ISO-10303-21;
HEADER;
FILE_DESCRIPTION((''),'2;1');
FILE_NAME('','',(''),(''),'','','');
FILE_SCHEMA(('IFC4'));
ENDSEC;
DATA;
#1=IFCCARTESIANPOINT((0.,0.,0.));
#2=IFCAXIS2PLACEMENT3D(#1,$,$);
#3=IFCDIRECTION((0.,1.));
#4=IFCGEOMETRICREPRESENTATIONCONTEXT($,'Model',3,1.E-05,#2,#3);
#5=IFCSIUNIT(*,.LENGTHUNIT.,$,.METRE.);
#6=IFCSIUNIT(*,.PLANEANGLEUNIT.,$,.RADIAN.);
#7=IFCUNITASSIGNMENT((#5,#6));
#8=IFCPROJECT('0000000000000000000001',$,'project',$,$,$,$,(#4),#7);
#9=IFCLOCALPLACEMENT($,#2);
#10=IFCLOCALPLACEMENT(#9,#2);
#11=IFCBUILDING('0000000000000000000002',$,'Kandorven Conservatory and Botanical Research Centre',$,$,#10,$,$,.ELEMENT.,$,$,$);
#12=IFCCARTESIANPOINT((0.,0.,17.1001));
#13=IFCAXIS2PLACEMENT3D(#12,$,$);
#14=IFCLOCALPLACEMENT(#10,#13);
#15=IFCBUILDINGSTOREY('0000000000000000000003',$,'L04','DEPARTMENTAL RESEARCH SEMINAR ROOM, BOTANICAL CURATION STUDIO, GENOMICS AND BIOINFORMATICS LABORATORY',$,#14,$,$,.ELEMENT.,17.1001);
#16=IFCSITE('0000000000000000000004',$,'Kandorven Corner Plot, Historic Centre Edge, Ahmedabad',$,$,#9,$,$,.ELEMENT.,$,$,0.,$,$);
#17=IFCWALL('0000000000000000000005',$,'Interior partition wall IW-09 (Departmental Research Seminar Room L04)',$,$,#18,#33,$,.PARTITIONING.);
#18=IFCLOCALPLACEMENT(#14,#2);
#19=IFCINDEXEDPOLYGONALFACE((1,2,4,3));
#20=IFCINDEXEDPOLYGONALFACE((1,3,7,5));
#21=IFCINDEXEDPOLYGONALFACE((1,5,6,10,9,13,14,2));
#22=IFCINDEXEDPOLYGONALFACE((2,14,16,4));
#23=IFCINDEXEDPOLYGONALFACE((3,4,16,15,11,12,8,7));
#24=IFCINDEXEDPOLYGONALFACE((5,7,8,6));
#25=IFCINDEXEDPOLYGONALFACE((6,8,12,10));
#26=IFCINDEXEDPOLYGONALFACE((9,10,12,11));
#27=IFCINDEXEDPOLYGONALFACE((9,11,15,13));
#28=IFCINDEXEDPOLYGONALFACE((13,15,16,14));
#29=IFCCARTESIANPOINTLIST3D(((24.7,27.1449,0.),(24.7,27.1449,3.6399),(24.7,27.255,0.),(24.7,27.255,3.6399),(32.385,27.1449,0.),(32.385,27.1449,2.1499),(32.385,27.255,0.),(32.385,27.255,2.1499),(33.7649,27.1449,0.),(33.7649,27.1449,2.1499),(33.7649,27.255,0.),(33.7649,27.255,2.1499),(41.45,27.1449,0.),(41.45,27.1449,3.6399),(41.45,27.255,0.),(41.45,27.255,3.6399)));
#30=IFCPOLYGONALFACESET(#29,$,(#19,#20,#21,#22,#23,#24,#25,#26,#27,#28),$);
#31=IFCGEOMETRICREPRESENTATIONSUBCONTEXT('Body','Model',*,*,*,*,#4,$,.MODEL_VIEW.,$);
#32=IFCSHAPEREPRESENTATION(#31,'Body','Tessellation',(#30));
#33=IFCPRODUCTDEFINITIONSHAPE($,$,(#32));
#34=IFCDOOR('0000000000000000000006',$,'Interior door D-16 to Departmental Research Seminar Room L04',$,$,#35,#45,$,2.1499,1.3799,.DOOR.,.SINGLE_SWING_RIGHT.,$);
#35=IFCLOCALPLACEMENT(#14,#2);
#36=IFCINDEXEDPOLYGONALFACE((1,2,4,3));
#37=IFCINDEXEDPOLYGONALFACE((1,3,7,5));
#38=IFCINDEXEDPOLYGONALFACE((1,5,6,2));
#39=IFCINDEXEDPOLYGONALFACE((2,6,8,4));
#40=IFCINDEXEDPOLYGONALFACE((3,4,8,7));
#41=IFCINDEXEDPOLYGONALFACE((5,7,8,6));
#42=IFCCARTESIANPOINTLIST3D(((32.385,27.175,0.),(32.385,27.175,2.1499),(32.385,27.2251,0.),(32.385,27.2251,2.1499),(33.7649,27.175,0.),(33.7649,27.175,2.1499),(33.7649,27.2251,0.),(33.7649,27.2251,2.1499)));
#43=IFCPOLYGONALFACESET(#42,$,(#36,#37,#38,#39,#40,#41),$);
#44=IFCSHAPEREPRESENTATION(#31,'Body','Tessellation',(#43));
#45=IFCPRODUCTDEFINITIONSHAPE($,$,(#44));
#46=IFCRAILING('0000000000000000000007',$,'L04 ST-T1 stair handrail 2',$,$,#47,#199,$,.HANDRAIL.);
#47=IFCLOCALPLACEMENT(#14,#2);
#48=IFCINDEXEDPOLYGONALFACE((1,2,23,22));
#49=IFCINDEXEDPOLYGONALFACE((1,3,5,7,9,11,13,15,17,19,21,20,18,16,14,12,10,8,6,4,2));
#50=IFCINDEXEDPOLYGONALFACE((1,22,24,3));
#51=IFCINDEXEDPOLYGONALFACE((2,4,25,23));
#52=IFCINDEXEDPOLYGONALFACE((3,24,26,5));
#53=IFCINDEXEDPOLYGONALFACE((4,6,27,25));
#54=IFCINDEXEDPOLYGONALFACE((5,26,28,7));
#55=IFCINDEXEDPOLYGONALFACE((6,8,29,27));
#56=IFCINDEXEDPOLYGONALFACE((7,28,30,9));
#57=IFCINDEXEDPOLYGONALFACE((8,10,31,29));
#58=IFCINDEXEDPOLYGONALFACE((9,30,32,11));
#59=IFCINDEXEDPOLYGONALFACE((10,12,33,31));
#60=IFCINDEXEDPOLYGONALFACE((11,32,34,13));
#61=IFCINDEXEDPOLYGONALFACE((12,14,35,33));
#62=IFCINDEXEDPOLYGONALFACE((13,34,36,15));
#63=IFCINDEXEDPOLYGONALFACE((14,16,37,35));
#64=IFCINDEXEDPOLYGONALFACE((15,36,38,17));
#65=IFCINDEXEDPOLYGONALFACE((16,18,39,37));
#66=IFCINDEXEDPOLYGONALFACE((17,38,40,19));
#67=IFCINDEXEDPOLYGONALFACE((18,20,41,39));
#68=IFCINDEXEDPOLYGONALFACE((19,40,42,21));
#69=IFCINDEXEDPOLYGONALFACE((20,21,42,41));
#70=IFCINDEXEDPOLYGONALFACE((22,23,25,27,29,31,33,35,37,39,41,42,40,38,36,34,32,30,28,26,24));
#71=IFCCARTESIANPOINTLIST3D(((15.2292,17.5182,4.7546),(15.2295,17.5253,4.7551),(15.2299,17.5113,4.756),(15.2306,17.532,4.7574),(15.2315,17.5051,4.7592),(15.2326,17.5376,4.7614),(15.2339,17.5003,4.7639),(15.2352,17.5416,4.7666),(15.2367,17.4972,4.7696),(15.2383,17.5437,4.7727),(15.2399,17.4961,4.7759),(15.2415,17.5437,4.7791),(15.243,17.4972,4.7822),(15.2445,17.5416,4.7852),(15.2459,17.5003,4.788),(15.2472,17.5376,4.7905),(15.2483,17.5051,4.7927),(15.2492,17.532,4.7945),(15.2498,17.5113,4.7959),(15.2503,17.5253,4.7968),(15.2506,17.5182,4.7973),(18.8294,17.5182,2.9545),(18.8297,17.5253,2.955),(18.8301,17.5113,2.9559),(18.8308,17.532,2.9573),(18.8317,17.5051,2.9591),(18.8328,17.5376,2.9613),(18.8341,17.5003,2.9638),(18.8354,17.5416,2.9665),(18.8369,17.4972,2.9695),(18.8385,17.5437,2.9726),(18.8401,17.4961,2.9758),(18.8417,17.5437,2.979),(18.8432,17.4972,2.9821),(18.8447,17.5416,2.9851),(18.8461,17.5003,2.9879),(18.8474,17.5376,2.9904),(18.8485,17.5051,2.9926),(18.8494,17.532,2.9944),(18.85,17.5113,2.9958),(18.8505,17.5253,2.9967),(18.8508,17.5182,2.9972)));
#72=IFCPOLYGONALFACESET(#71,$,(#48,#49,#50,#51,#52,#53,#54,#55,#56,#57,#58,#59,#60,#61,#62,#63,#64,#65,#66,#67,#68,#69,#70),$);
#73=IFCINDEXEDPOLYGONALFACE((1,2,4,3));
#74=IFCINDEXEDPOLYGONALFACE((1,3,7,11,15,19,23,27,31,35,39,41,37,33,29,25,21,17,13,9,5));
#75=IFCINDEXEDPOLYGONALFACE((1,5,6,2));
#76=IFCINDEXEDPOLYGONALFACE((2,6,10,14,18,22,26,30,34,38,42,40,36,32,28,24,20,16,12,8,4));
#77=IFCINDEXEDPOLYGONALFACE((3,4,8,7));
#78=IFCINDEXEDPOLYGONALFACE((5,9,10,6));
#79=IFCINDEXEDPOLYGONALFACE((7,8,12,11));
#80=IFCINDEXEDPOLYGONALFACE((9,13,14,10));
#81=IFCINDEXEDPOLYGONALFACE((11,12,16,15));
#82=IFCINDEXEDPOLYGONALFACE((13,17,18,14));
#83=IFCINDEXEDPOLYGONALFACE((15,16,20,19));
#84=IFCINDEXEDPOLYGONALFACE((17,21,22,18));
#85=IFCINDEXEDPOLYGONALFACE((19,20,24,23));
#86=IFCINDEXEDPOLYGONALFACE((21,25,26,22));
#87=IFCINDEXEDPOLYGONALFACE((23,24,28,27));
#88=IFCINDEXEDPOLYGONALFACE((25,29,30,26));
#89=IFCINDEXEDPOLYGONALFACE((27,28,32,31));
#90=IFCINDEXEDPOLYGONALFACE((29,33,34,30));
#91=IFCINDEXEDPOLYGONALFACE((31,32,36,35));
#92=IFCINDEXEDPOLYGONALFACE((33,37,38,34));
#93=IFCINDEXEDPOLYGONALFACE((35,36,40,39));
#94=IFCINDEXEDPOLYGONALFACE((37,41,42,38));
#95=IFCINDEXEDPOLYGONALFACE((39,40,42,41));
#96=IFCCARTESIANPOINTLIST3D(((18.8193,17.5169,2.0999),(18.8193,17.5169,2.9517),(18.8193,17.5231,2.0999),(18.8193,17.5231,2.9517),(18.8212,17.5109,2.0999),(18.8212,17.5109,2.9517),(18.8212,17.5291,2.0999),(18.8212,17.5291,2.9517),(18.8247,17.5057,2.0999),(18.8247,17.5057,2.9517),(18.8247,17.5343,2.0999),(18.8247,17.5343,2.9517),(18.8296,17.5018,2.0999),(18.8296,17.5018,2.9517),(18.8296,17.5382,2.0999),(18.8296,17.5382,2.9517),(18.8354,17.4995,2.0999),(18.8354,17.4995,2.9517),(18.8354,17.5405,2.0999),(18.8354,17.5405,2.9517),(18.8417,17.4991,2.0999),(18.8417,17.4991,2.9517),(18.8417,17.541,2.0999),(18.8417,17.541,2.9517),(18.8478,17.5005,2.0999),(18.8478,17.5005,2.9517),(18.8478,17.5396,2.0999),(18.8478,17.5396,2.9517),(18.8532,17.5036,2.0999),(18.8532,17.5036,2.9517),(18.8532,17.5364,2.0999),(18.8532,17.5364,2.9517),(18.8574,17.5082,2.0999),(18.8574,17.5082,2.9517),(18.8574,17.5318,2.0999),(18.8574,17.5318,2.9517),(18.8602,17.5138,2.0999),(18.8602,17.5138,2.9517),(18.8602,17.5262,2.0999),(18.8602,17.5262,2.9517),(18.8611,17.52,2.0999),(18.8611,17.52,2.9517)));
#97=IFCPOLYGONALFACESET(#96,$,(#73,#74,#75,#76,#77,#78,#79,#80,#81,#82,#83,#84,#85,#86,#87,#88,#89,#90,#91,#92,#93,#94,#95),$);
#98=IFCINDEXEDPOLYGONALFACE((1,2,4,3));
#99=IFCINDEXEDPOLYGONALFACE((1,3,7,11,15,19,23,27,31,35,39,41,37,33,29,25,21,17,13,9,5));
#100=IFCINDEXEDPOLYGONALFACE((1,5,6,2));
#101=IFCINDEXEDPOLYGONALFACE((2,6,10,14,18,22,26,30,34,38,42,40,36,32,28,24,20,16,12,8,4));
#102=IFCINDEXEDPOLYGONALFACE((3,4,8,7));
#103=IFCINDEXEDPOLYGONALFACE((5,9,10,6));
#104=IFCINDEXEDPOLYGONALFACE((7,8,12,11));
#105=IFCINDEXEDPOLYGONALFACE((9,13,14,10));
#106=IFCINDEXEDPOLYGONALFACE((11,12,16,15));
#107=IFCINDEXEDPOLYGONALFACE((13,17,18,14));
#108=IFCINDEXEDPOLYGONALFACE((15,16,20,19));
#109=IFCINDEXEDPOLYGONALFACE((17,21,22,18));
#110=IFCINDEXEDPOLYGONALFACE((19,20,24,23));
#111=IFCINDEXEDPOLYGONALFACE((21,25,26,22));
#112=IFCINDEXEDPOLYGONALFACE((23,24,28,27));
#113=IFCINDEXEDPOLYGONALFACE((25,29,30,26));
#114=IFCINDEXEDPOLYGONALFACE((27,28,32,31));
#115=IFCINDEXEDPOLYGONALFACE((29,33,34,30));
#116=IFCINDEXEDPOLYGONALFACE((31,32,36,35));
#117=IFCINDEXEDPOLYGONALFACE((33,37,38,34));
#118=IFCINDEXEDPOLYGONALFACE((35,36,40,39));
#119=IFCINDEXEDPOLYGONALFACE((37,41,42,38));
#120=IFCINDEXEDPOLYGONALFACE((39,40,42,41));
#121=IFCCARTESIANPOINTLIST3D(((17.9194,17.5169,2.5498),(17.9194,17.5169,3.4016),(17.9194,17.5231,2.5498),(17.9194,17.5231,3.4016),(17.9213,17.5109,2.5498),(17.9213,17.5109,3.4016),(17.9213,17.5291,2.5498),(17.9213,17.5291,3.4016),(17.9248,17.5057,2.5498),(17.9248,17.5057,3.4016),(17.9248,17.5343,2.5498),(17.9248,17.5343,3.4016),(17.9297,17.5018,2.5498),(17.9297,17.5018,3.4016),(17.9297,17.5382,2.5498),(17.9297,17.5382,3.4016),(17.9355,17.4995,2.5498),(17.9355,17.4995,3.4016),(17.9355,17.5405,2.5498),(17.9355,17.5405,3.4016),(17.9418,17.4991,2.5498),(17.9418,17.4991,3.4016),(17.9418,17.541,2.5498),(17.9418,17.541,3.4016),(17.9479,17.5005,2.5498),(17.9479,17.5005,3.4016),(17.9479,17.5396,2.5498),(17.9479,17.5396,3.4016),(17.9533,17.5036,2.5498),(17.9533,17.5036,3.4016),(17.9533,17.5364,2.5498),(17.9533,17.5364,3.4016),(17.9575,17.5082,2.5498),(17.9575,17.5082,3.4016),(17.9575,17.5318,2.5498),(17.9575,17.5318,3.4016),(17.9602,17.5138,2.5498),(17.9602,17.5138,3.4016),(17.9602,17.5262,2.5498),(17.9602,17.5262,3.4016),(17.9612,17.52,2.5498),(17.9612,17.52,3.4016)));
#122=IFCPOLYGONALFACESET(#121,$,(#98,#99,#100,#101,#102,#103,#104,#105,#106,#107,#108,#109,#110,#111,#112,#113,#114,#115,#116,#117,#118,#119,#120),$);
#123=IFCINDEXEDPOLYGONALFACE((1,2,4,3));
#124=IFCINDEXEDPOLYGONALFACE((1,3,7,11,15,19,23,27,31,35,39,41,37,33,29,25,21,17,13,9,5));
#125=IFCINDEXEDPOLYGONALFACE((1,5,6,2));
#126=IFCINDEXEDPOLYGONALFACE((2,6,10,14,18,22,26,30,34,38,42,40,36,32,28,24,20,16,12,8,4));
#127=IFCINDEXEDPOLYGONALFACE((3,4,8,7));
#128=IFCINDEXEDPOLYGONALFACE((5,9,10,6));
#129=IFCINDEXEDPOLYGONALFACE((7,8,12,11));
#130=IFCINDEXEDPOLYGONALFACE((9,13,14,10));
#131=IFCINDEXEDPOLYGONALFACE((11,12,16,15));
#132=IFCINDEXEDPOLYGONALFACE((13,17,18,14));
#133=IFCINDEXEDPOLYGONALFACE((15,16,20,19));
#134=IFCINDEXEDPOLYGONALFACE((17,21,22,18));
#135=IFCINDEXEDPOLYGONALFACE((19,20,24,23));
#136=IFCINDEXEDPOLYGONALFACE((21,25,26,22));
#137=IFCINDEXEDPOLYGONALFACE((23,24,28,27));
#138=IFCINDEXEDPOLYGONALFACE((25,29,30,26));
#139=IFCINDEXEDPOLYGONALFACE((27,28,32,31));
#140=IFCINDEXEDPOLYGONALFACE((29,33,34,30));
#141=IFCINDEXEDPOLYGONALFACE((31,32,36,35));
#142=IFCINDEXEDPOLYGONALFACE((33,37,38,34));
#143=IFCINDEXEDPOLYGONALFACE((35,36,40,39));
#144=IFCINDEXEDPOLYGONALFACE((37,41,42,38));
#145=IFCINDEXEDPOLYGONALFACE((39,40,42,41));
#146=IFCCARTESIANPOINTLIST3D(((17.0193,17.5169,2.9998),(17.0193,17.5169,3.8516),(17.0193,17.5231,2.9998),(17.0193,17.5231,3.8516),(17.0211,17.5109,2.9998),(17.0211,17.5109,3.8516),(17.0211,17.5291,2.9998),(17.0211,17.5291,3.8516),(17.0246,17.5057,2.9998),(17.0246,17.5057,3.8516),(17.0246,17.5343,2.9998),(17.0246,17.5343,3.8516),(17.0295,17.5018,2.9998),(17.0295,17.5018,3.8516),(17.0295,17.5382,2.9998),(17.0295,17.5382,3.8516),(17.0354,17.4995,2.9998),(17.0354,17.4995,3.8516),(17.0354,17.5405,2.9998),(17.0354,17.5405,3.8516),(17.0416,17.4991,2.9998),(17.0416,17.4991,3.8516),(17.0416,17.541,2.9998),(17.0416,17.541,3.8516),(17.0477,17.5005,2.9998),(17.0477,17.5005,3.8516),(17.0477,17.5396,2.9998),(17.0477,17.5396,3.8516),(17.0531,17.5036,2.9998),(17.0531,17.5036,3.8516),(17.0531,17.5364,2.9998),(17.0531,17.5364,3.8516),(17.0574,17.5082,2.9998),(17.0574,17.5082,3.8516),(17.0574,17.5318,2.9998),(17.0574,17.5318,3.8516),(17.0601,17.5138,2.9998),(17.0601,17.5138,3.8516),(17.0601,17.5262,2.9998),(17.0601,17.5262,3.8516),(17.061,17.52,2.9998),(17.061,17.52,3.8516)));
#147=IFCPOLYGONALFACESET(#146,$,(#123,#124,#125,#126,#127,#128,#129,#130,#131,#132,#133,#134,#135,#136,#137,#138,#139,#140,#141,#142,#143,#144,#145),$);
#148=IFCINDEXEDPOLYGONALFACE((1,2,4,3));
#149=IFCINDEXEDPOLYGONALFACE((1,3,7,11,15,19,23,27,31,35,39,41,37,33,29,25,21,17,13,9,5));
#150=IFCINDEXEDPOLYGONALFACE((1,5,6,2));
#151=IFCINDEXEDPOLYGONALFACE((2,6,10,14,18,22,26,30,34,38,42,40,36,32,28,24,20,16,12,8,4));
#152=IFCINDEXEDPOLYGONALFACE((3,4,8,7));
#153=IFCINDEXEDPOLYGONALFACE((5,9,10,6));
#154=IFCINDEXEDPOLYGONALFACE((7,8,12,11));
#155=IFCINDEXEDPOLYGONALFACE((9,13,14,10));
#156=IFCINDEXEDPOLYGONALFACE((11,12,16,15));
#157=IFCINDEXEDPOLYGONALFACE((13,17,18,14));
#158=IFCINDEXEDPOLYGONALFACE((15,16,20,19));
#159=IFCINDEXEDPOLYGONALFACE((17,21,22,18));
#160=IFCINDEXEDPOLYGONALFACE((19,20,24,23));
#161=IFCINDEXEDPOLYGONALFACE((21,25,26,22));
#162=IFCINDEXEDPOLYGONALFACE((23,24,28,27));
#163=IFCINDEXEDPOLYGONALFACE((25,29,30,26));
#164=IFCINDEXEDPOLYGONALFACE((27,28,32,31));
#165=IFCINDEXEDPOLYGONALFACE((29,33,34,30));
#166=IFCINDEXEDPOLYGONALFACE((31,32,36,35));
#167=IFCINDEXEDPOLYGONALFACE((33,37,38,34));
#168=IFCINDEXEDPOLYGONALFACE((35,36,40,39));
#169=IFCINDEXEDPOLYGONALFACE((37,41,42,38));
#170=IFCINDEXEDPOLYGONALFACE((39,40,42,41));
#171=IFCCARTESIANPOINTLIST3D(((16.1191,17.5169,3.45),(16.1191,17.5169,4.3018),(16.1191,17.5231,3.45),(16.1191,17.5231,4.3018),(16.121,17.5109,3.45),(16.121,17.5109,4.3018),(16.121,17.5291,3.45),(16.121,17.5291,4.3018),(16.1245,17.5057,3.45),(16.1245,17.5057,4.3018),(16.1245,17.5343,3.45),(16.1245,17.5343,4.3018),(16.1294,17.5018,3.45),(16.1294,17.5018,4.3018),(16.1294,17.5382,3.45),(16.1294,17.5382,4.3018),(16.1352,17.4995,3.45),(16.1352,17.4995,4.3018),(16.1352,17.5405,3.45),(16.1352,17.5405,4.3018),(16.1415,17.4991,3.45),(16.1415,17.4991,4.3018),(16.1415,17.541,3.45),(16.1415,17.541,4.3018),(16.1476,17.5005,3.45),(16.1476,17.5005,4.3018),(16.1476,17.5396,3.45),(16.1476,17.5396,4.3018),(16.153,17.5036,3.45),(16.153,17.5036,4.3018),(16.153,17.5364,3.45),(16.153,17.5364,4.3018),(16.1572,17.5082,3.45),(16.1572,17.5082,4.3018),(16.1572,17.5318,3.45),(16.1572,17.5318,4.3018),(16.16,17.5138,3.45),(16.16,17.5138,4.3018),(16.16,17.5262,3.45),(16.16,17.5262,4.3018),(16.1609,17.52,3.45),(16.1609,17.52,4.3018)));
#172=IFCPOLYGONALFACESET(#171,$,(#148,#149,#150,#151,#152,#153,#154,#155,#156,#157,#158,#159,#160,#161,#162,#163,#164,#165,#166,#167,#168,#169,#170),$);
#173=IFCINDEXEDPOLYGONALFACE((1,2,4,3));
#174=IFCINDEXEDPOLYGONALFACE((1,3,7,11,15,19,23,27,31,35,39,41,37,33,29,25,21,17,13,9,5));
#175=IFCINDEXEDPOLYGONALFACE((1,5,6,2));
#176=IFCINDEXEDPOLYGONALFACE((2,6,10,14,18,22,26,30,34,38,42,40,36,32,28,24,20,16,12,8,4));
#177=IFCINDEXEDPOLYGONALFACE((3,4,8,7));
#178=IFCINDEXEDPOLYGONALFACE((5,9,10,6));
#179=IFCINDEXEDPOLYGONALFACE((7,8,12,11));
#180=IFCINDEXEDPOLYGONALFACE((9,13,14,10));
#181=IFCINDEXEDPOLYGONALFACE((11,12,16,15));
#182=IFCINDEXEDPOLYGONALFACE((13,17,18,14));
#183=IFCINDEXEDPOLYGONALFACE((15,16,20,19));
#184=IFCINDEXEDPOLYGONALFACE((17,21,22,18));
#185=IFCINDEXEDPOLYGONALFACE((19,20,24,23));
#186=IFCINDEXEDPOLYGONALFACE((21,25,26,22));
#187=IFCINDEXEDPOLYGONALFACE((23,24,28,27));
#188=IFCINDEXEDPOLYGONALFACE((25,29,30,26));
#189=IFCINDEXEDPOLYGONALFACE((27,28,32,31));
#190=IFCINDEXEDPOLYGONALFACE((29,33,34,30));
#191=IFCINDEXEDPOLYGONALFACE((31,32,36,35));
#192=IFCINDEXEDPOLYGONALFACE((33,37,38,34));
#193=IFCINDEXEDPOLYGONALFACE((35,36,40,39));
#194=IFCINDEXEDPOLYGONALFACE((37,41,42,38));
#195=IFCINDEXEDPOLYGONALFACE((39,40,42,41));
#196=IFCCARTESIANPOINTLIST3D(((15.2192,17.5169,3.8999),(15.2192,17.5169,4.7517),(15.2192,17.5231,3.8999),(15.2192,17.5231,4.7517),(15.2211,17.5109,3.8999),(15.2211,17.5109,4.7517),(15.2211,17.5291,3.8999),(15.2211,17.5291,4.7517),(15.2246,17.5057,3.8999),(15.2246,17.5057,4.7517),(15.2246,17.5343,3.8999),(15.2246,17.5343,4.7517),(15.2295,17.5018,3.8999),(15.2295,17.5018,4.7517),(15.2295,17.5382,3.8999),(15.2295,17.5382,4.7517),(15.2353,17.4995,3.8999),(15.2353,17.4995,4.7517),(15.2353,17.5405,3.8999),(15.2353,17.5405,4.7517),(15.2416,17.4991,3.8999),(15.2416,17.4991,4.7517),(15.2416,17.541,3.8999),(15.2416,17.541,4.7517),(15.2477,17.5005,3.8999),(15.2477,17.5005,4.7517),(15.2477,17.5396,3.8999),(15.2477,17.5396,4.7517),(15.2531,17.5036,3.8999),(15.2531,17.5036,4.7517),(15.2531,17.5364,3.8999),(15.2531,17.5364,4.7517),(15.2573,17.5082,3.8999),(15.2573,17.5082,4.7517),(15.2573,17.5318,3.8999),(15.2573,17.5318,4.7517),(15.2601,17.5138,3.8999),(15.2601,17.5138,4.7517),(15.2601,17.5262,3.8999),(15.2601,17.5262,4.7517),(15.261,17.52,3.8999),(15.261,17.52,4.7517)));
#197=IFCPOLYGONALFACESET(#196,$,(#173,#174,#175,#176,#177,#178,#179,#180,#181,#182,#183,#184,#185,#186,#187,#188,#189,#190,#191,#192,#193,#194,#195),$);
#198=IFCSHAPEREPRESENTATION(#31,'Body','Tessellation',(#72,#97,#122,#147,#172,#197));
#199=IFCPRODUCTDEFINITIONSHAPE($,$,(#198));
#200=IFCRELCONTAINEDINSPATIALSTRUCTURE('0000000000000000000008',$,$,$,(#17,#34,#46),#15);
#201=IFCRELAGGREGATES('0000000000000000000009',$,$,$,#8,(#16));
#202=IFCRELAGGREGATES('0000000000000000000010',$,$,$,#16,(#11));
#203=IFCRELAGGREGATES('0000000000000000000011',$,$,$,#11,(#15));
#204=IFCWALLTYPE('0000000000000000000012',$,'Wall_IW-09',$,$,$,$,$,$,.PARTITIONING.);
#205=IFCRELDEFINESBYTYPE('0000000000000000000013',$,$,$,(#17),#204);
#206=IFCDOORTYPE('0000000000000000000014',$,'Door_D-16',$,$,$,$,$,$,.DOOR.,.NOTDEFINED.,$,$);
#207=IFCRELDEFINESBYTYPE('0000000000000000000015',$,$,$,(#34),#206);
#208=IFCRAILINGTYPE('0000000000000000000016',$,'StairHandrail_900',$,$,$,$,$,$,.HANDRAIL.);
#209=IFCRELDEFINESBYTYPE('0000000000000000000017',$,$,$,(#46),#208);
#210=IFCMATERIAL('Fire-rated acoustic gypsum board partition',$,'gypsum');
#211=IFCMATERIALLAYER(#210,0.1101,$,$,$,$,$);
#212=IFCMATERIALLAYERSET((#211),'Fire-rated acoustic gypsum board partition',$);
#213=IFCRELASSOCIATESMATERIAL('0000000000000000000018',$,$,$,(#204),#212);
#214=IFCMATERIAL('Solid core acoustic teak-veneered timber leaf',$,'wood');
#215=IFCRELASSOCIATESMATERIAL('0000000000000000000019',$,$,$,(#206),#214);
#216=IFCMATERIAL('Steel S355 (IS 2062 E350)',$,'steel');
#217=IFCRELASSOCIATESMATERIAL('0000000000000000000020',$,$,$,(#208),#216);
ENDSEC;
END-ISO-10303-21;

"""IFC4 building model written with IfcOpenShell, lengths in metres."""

from ifc_helpers import new_model, si_unit, direction, frame, frame_2d, origin, origin_2d, place, context, subcontext, project, spatial, rectangle, circle, extrude, material, layer, layer_set, type_object, element, fill, save


model = new_model("IFC4")

# Units and contexts
model_context = context("Model", 3, precision=1e-05, world=origin(), true_north=direction((0.0, 1.0)))
body_context = subcontext(model_context, "Body", "Model", "MODEL_VIEW")
ifc_project = project(units=[si_unit("LENGTHUNIT", "METRE"), si_unit("PLANEANGLEUNIT", "RADIAN")], contexts=[model_context])

# Site, building, storey
site_placement = place(None, origin())
site = spatial("IfcSite", under=ifc_project, at=site_placement, Name="Kandorven Corner Plot, Historic Centre Edge, Ahmedabad", CompositionType="ELEMENT", RefElevation=0.0)
building_placement = place(site_placement, origin())
building = spatial("IfcBuilding", under=site, at=building_placement, Name="Kandorven Conservatory and Botanical Research Centre", CompositionType="ELEMENT")
storey_placement = place(building_placement, frame((0.0, 0.0, 17.1001)))
storey = spatial("IfcBuildingStorey", under=building, at=storey_placement, Name="L04", Description="DEPARTMENTAL RESEARCH SEMINAR ROOM, BOTANICAL CURATION STUDIO, GENOMICS AND BIOINFORMATICS LABORATORY", CompositionType="ELEMENT", Elevation=17.1001)

# Wall, opening, door
ifc_material_1 = material(Name="Fire-rated acoustic gypsum board partition", Category="gypsum")
ifc_layer_1 = layer(ifc_material_1, 0.1101)
ifc_layer_set_1 = layer_set([ifc_layer_1], Name="Fire-rated acoustic gypsum board partition")
wall_type_1 = type_object("IfcWallType", Name="Wall_IW-09", PredefinedType="PARTITIONING", material=ifc_layer_set_1)
wall_1_placement = place(storey_placement, frame((24.7, 27.2, 0.0), z_axis=(0.0, 0.0, 1.0), x_axis=(1.0, 0.0, 0.0)))
wall_1 = element("IfcWall", 1, at=wall_1_placement, inside=storey, type_object=wall_type_1, Name="Interior partition wall IW-09 (Departmental Research Seminar Room L04)", PredefinedType="PARTITIONING", context=body_context, shape_type="SweptSolid", body=[
    extrude(rectangle(XDim=16.75, YDim=0.1101, at=frame_2d((8.375, 0.0))), origin(), (0.0, 0.0, 1.0), 3.6399),
])
opening_1_placement = place(wall_1_placement, frame((7.6851, 0.0, 0.0)))
opening_1 = element("IfcOpeningElement", 2, at=opening_1_placement, cuts=wall_1, PredefinedType="OPENING", context=body_context, shape_type="SweptSolid", body=[
    extrude(rectangle(XDim=1.3799, YDim=2.1499, at=frame_2d((0.6899, 1.075))), frame((0.0, 0.0649, 0.0), z_axis=(0.0, -1.0, 0.0), x_axis=(1.0, 0.0, 0.0)), (0.0, 0.0, 1.0), 0.1301),
])
ifc_material_2 = material(Name="Solid core acoustic teak-veneered timber leaf", Category="wood")
door_type_1 = type_object("IfcDoorType", Name="Door_D-16", OperationType="NOTDEFINED", PredefinedType="DOOR", material=ifc_material_2)
door_1_placement = place(opening_1_placement, frame((1.3799, 0.0, 0.0), z_axis=(0.0, 0.0, 1.0), x_axis=(-1.0, 0.0, 0.0)))
door_1 = element("IfcDoor", 3, at=door_1_placement, inside=storey, type_object=door_type_1, Name="Interior door D-16 to Departmental Research Seminar Room L04", OperationType="SINGLE_SWING_RIGHT", OverallHeight=2.1499, OverallWidth=1.3799, PredefinedType="DOOR", context=body_context, shape_type="SweptSolid", body=[
    extrude(rectangle(XDim=1.3799, YDim=2.1499, at=frame_2d((0.6899, 1.075))), frame((0.0, 0.0249, 0.0), z_axis=(0.0, -1.0, 0.0), x_axis=(1.0, 0.0, 0.0)), (0.0, 0.0, 1.0), 0.05),
])
fill(opening_1, door_1)

# Railing
ifc_material_3 = material(Name="Steel S355 (IS 2062 E350)", Category="steel")
railing_type = type_object("IfcRailingType", Name="StairHandrail_900", PredefinedType="HANDRAIL", material=ifc_material_3)
railing_placement = place(storey_placement, frame((18.8401, 17.52, 2.0999)))
element("IfcRailing", 4, at=railing_placement, inside=storey, type_object=railing_type, Name="L04 ST-T1 stair handrail 2", PredefinedType="HANDRAIL", context=body_context, shape_type="SweptSolid", body=[
    extrude(circle(Radius=0.0239, at=origin_2d()), frame((0.0, 0.0, 0.876), z_axis=(-0.894427, 0.0, 0.447214), x_axis=(0.0, -1.0, 0.0)), (0.0, 0.0, 1.0), 4.0251),
    extrude(circle(Radius=0.021, at=origin_2d()), origin(), (0.0, 0.0, 1.0), 0.8518),
    extrude(circle(Radius=0.021, at=origin_2d()), frame((-0.8999, 0.0, 0.45)), (0.0, 0.0, 1.0), 0.8518),
    extrude(circle(Radius=0.021, at=origin_2d()), frame((-1.8, 0.0, 0.8999)), (0.0, 0.0, 1.0), 0.8518),
    extrude(circle(Radius=0.021, at=origin_2d()), frame((-2.7002, 0.0, 1.3501)), (0.0, 0.0, 1.0), 0.8518),
    extrude(circle(Radius=0.021, at=origin_2d()), frame((-3.6001, 0.0, 1.8)), (0.0, 0.0, 1.0), 0.8518),
])

save(model, "model.ifc")
